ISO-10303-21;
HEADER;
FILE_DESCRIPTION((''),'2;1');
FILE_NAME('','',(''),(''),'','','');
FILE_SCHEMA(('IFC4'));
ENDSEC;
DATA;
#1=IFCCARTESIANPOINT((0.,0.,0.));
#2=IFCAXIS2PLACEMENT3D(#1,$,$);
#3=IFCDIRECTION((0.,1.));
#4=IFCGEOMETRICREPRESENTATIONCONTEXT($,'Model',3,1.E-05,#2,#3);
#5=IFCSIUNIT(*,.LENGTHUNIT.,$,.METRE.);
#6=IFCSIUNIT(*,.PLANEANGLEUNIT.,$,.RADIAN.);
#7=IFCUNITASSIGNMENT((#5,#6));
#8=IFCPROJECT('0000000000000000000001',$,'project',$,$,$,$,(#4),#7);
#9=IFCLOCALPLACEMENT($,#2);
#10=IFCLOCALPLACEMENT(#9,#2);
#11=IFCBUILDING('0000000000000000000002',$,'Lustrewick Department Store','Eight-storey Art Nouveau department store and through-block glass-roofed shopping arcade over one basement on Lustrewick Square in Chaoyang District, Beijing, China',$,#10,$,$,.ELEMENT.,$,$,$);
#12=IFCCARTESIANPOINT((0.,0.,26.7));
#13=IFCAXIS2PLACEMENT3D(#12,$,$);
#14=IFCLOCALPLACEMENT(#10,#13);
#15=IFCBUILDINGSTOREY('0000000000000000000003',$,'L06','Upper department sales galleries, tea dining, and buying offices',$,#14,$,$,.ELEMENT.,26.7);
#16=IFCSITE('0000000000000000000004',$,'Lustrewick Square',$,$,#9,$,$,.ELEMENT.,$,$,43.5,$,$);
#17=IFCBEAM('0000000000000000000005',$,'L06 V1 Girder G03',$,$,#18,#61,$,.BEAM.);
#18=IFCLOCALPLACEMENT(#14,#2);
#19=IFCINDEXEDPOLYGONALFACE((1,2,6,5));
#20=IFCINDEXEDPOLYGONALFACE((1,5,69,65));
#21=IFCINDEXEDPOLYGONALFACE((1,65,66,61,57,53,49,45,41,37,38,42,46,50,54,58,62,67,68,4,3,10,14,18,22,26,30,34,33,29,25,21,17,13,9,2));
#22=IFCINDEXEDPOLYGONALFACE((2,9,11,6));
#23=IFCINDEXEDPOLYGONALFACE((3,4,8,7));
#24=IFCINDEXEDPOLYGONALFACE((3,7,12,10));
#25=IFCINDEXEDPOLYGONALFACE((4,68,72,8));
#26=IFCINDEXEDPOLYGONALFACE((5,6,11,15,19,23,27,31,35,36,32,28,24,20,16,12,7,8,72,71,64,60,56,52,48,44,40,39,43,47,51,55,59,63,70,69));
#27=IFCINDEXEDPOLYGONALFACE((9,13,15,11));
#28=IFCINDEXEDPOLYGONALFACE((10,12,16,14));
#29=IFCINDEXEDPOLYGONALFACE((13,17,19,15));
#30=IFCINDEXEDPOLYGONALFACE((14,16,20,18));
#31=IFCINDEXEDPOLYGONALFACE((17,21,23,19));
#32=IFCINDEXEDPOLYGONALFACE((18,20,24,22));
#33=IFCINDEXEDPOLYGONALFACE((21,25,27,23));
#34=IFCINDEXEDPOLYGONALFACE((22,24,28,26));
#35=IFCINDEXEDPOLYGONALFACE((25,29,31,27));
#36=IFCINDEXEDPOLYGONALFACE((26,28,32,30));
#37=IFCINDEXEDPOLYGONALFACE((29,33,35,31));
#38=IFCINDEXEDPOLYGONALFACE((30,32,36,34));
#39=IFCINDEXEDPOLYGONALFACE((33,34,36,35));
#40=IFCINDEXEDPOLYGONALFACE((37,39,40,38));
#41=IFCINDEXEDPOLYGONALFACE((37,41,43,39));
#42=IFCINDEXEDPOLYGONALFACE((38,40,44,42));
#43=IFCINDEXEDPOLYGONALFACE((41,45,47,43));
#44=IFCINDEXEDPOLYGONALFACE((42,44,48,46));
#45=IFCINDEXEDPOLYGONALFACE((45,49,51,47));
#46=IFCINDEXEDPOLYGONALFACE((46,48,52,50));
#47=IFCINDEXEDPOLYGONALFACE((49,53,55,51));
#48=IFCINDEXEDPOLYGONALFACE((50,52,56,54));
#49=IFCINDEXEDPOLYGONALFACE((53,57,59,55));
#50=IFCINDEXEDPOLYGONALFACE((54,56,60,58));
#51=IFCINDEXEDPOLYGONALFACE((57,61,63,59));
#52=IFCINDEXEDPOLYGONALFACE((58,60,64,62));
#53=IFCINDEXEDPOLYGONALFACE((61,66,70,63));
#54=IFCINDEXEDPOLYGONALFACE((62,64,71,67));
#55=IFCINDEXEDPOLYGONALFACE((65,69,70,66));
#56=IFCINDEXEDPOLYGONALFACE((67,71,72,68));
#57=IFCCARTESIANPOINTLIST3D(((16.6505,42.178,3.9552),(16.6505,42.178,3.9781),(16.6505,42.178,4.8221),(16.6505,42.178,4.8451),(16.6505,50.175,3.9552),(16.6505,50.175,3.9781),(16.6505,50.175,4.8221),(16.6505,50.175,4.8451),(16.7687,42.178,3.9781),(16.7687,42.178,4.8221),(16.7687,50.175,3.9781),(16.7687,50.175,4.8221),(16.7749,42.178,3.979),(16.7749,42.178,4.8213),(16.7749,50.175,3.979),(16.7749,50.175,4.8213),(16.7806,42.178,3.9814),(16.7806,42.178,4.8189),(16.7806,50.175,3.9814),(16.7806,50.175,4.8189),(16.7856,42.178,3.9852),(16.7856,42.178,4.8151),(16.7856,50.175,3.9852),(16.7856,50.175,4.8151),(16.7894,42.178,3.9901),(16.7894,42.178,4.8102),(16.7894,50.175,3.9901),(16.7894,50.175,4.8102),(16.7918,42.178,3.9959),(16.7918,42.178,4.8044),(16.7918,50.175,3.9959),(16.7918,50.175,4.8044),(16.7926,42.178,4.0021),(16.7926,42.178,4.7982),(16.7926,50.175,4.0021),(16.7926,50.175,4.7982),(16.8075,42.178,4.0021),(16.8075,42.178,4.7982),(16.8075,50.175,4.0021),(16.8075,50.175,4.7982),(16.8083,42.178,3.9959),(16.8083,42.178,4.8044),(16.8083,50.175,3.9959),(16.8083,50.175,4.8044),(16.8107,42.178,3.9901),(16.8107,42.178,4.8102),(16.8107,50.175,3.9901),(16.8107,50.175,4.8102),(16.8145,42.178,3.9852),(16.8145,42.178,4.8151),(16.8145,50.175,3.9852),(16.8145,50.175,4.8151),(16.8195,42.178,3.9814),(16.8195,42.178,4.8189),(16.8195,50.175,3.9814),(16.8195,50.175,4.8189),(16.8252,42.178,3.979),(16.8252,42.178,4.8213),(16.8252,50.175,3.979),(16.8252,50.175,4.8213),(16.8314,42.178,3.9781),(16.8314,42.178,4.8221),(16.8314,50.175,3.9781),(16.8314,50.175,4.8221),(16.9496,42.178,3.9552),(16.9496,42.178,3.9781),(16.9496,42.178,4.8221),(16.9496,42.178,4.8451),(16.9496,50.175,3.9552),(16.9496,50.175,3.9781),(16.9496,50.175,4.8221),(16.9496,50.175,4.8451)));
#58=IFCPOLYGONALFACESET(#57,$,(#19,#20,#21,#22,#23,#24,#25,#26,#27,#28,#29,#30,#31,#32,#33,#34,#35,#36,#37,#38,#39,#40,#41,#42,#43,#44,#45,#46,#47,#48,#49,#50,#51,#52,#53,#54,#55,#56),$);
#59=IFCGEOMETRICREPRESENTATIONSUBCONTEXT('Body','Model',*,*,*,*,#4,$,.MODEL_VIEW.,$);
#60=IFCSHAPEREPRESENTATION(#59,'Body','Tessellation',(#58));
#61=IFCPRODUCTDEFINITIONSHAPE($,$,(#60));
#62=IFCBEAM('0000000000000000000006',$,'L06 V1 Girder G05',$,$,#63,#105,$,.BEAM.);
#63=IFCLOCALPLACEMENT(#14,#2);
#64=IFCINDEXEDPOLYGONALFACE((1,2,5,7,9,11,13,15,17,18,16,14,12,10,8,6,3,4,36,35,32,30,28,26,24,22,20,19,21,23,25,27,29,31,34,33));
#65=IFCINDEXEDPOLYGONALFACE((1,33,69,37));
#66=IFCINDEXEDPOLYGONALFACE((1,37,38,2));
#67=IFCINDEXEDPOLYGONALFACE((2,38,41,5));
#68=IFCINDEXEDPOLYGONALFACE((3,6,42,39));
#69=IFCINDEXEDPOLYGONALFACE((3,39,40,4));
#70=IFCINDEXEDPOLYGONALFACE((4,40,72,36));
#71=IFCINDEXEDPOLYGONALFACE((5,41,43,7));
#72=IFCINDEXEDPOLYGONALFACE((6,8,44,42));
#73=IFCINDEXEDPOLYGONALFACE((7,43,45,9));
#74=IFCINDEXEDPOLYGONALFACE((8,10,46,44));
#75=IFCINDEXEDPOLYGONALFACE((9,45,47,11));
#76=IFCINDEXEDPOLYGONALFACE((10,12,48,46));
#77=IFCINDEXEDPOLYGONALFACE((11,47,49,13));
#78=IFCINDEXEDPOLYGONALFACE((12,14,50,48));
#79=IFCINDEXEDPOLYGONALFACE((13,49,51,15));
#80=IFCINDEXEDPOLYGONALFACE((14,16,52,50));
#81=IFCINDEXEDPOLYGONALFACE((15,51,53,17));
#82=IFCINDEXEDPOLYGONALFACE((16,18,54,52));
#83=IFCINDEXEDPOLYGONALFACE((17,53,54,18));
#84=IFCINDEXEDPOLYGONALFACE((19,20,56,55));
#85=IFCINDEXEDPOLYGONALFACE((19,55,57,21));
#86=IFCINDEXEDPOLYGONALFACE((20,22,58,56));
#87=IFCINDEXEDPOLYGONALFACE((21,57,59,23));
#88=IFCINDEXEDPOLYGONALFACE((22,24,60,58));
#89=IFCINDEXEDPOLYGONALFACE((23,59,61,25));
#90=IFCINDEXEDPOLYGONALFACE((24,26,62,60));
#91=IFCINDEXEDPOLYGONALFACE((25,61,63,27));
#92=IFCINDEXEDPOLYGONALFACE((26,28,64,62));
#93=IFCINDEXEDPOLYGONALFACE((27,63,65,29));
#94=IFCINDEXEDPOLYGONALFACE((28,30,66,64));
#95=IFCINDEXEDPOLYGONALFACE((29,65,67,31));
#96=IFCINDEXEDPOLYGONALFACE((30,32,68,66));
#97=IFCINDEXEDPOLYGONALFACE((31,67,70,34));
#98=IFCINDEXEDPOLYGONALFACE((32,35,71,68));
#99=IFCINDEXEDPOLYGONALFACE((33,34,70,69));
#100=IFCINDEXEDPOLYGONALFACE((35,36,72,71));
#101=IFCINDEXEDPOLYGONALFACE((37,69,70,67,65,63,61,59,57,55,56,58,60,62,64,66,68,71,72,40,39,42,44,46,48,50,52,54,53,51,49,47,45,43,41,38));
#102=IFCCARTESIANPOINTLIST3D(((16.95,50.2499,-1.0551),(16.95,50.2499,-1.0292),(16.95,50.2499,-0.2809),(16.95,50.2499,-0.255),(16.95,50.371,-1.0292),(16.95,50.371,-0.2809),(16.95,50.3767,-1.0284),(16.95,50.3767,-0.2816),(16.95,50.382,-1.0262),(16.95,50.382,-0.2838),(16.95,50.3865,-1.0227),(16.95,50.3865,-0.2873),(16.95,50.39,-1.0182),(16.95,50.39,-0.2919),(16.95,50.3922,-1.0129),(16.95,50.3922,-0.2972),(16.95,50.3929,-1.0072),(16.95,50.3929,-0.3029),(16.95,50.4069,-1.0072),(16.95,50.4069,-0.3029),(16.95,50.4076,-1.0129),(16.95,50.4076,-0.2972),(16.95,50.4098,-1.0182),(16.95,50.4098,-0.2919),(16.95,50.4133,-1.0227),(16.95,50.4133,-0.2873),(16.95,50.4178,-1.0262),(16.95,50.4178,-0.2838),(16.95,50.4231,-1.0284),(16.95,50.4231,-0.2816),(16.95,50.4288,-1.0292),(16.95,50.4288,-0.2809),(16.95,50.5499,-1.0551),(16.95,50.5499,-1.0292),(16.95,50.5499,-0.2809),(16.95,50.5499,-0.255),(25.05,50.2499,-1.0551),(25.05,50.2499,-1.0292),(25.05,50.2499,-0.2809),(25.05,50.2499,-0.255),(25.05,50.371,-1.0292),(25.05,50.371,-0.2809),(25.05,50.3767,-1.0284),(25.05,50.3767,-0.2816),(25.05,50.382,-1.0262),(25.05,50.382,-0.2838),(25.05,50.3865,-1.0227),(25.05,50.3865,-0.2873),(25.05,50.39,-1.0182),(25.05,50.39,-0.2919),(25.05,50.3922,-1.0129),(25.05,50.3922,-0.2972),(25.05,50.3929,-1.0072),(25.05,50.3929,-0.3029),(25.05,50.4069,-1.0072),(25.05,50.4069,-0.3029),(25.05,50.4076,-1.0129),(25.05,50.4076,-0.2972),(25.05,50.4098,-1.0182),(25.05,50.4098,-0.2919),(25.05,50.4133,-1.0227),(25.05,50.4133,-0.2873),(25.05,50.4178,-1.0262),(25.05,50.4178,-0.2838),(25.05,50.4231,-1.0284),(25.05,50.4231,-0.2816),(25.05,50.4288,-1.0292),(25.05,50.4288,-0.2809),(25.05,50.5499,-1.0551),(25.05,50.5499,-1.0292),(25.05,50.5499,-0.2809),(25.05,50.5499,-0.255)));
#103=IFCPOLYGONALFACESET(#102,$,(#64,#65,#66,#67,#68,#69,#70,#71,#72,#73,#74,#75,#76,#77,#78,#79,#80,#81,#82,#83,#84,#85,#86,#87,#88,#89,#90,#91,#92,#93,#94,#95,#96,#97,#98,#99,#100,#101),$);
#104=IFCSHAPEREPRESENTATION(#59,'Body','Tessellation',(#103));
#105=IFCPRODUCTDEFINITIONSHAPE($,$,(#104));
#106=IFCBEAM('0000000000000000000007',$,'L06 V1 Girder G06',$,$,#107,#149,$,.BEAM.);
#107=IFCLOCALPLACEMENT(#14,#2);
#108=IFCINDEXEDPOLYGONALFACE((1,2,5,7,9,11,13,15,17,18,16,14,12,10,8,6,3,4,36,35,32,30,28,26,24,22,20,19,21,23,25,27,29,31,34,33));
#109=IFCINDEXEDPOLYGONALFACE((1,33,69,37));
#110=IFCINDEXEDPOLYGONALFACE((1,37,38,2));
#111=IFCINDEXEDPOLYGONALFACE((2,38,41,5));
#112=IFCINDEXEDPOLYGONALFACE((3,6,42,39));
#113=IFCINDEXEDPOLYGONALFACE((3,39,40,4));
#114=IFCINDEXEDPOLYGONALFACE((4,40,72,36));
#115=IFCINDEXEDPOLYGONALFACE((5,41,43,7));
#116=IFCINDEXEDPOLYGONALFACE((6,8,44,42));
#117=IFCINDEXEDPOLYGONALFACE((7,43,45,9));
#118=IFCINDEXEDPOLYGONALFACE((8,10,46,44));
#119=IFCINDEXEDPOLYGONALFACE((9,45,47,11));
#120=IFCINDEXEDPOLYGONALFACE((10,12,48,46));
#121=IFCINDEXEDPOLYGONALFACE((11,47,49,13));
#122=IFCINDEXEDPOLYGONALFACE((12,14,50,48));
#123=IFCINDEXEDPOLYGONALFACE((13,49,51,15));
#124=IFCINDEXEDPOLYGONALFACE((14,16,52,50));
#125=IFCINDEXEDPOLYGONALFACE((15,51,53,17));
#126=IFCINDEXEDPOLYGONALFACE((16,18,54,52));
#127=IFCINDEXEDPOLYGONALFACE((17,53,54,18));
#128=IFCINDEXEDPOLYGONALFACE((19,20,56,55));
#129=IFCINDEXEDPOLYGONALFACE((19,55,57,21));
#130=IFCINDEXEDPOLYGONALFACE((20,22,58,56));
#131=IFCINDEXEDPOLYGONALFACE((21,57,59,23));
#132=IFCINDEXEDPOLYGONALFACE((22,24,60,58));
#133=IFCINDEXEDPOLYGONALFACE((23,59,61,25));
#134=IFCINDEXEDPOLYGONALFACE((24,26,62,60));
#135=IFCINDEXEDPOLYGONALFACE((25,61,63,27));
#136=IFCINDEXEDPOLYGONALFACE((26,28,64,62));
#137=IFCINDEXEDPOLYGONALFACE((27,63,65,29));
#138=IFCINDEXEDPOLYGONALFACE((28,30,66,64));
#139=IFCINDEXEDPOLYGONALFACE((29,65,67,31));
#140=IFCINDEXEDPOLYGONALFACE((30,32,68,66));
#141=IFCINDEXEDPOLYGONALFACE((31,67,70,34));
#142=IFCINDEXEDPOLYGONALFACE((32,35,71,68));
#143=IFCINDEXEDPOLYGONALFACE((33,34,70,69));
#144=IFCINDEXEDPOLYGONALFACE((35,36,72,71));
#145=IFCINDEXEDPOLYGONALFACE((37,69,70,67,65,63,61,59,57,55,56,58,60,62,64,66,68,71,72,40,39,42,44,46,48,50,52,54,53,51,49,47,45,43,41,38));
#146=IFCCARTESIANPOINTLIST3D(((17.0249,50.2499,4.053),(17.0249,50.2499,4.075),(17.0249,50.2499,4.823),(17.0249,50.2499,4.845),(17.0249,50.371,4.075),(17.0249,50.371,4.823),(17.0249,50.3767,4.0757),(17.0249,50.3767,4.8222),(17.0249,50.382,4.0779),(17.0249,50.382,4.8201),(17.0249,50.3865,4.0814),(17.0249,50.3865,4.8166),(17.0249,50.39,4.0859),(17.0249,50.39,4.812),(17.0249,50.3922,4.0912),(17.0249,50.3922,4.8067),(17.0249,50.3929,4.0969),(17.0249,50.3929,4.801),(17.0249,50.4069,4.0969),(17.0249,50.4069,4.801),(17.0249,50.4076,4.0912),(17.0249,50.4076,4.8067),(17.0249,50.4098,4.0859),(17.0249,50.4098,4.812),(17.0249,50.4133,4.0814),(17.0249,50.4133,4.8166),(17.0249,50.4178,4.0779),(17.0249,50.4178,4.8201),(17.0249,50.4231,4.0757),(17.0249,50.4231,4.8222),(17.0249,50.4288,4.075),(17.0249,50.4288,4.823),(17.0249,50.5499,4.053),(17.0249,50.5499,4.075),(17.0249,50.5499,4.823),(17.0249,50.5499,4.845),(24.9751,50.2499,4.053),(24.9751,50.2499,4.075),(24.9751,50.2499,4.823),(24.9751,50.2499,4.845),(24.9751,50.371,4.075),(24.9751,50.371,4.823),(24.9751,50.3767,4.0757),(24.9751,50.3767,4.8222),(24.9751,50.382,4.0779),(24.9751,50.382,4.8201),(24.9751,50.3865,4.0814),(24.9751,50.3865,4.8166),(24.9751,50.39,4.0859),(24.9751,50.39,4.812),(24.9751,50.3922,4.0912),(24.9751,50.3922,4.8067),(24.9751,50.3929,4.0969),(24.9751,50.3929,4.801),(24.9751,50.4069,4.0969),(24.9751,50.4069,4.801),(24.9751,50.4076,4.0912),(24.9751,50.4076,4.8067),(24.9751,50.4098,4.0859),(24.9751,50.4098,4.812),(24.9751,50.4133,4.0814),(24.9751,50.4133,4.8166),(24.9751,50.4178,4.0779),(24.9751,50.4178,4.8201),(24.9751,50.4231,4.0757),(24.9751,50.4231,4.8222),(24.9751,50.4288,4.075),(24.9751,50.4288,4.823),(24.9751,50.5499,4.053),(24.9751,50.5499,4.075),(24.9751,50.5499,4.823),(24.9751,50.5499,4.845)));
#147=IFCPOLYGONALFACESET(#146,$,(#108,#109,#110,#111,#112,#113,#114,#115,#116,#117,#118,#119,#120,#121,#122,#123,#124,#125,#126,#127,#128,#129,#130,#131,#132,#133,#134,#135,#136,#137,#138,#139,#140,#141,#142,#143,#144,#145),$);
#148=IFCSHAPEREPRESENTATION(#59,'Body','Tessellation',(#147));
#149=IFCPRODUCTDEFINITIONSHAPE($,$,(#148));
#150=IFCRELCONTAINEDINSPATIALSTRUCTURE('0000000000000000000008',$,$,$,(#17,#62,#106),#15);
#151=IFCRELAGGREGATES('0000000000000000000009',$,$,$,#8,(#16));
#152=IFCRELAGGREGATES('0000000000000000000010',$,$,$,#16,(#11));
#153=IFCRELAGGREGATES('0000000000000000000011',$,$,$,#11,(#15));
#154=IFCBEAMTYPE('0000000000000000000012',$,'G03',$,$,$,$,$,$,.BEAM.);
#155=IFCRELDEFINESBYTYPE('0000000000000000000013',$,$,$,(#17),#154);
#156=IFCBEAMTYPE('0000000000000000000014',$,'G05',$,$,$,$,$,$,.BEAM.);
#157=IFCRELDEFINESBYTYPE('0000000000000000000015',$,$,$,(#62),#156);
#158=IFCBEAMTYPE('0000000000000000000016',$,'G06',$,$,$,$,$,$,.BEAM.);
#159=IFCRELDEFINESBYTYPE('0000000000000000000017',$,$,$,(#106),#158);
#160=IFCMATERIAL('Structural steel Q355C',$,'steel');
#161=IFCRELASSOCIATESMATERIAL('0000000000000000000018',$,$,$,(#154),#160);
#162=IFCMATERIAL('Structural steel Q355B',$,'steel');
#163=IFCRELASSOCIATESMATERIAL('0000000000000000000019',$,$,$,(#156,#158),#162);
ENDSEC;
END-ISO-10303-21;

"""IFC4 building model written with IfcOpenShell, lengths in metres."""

from ifc_helpers import new_model, si_unit, direction, frame, origin, origin_2d, place, context, subcontext, project, spatial, i_section, extrude, material, material_profile, profile_set, type_object, element, save


model = new_model("IFC4")

# Units and contexts
model_context = context("Model", 3, precision=1e-05, world=origin(), true_north=direction((0.0, 1.0)))
body_context = subcontext(model_context, "Body", "Model", "MODEL_VIEW")
ifc_project = project(units=[si_unit("LENGTHUNIT", "METRE"), si_unit("PLANEANGLEUNIT", "RADIAN")], contexts=[model_context])

# Site, building, storey
site_placement = place(None, origin())
site = spatial("IfcSite", under=ifc_project, at=site_placement, Name="Lustrewick Square", CompositionType="ELEMENT", RefElevation=43.5)
building_placement = place(site_placement, origin())
building = spatial("IfcBuilding", under=site, at=building_placement, Name="Lustrewick Department Store", Description="Eight-storey Art Nouveau department store and through-block glass-roofed shopping arcade over one basement on Lustrewick Square in Chaoyang District, Beijing, China", CompositionType="ELEMENT")
storey_placement = place(building_placement, frame((0.0, 0.0, 26.7)))
storey = spatial("IfcBuildingStorey", under=building, at=storey_placement, Name="L06", Description="Upper department sales galleries, tea dining, and buying offices", CompositionType="ELEMENT", Elevation=26.7)

# Shared definitions
ifc_material_1 = material(Name="Structural steel Q355B", Category="steel")

# Shared definitions
ifc_material_2 = material(Name="Structural steel Q355C", Category="steel")

# Beams
ifc_material_profile_1 = material_profile(ifc_material_2, i_section(OverallWidth=0.2991, OverallDepth=0.8899, WebThickness=0.0149, FlangeThickness=0.0229, FilletRadius=0.0239, at=origin_2d()), Name="HN 890x299x15x23")
ifc_profile_set_1 = profile_set([ifc_material_profile_1], Name="Structural steel Q355C")
beam_type_1 = type_object("IfcBeamType", Name="G03", PredefinedType="BEAM", material=ifc_profile_set_1)
beam_1_placement = place(storey_placement, frame((16.8, 42.178, 4.4001), z_axis=(0.0, 1.0, 0.0), x_axis=(-1.0, 0.0, 0.0)))
element("IfcBeam", 1, at=beam_1_placement, inside=storey, type_object=beam_type_1, Name="L06 V1 Girder G03", PredefinedType="BEAM", context=body_context, shape_type="SweptSolid", body=[
    extrude(i_section(OverallWidth=0.2991, OverallDepth=0.8899, WebThickness=0.0149, FlangeThickness=0.0229, FilletRadius=0.0239, at=origin_2d()), origin(), (0.0, 0.0, 1.0), 7.9971),
])
ifc_material_profile_2 = material_profile(ifc_material_1, i_section(OverallWidth=0.3, OverallDepth=0.8, WebThickness=0.0139, FlangeThickness=0.0259, FilletRadius=0.022, at=origin_2d()), Name="HN 800x300x14x26")
ifc_profile_set_2 = profile_set([ifc_material_profile_2], Name="Structural steel Q355B")
beam_type_2 = type_object("IfcBeamType", Name="G05", PredefinedType="BEAM", material=ifc_profile_set_2)
beam_2_placement = place(storey_placement, frame((16.95, 50.3999, -0.655), z_axis=(1.0, 0.0, 0.0), x_axis=(0.0, 1.0, 0.0)))
element("IfcBeam", 2, at=beam_2_placement, inside=storey, type_object=beam_type_2, Name="L06 V1 Girder G05", PredefinedType="BEAM", context=body_context, shape_type="SweptSolid", body=[
    extrude(i_section(OverallWidth=0.3, OverallDepth=0.8, WebThickness=0.0139, FlangeThickness=0.0259, FilletRadius=0.022, at=origin_2d()), origin(), (0.0, 0.0, 1.0), 8.1001),
])
ifc_material_profile_3 = material_profile(ifc_material_1, i_section(OverallWidth=0.3, OverallDepth=0.792, WebThickness=0.0139, FlangeThickness=0.022, FilletRadius=0.022, at=origin_2d()), Name="HN 792x300x14x22")
ifc_profile_set_3 = profile_set([ifc_material_profile_3], Name="Structural steel Q355B")
beam_type_3 = type_object("IfcBeamType", Name="G06", PredefinedType="BEAM", material=ifc_profile_set_3)
beam_3_placement = place(storey_placement, frame((17.0249, 50.3999, 4.449), z_axis=(1.0, 0.0, 0.0), x_axis=(0.0, 1.0, 0.0)))
element("IfcBeam", 3, at=beam_3_placement, inside=storey, type_object=beam_type_3, Name="L06 V1 Girder G06", PredefinedType="BEAM", context=body_context, shape_type="SweptSolid", body=[
    extrude(i_section(OverallWidth=0.3, OverallDepth=0.792, WebThickness=0.0139, FlangeThickness=0.022, FilletRadius=0.022, at=origin_2d()), origin(), (0.0, 0.0, 1.0), 7.9502),
])

save(model, "model.ifc")
